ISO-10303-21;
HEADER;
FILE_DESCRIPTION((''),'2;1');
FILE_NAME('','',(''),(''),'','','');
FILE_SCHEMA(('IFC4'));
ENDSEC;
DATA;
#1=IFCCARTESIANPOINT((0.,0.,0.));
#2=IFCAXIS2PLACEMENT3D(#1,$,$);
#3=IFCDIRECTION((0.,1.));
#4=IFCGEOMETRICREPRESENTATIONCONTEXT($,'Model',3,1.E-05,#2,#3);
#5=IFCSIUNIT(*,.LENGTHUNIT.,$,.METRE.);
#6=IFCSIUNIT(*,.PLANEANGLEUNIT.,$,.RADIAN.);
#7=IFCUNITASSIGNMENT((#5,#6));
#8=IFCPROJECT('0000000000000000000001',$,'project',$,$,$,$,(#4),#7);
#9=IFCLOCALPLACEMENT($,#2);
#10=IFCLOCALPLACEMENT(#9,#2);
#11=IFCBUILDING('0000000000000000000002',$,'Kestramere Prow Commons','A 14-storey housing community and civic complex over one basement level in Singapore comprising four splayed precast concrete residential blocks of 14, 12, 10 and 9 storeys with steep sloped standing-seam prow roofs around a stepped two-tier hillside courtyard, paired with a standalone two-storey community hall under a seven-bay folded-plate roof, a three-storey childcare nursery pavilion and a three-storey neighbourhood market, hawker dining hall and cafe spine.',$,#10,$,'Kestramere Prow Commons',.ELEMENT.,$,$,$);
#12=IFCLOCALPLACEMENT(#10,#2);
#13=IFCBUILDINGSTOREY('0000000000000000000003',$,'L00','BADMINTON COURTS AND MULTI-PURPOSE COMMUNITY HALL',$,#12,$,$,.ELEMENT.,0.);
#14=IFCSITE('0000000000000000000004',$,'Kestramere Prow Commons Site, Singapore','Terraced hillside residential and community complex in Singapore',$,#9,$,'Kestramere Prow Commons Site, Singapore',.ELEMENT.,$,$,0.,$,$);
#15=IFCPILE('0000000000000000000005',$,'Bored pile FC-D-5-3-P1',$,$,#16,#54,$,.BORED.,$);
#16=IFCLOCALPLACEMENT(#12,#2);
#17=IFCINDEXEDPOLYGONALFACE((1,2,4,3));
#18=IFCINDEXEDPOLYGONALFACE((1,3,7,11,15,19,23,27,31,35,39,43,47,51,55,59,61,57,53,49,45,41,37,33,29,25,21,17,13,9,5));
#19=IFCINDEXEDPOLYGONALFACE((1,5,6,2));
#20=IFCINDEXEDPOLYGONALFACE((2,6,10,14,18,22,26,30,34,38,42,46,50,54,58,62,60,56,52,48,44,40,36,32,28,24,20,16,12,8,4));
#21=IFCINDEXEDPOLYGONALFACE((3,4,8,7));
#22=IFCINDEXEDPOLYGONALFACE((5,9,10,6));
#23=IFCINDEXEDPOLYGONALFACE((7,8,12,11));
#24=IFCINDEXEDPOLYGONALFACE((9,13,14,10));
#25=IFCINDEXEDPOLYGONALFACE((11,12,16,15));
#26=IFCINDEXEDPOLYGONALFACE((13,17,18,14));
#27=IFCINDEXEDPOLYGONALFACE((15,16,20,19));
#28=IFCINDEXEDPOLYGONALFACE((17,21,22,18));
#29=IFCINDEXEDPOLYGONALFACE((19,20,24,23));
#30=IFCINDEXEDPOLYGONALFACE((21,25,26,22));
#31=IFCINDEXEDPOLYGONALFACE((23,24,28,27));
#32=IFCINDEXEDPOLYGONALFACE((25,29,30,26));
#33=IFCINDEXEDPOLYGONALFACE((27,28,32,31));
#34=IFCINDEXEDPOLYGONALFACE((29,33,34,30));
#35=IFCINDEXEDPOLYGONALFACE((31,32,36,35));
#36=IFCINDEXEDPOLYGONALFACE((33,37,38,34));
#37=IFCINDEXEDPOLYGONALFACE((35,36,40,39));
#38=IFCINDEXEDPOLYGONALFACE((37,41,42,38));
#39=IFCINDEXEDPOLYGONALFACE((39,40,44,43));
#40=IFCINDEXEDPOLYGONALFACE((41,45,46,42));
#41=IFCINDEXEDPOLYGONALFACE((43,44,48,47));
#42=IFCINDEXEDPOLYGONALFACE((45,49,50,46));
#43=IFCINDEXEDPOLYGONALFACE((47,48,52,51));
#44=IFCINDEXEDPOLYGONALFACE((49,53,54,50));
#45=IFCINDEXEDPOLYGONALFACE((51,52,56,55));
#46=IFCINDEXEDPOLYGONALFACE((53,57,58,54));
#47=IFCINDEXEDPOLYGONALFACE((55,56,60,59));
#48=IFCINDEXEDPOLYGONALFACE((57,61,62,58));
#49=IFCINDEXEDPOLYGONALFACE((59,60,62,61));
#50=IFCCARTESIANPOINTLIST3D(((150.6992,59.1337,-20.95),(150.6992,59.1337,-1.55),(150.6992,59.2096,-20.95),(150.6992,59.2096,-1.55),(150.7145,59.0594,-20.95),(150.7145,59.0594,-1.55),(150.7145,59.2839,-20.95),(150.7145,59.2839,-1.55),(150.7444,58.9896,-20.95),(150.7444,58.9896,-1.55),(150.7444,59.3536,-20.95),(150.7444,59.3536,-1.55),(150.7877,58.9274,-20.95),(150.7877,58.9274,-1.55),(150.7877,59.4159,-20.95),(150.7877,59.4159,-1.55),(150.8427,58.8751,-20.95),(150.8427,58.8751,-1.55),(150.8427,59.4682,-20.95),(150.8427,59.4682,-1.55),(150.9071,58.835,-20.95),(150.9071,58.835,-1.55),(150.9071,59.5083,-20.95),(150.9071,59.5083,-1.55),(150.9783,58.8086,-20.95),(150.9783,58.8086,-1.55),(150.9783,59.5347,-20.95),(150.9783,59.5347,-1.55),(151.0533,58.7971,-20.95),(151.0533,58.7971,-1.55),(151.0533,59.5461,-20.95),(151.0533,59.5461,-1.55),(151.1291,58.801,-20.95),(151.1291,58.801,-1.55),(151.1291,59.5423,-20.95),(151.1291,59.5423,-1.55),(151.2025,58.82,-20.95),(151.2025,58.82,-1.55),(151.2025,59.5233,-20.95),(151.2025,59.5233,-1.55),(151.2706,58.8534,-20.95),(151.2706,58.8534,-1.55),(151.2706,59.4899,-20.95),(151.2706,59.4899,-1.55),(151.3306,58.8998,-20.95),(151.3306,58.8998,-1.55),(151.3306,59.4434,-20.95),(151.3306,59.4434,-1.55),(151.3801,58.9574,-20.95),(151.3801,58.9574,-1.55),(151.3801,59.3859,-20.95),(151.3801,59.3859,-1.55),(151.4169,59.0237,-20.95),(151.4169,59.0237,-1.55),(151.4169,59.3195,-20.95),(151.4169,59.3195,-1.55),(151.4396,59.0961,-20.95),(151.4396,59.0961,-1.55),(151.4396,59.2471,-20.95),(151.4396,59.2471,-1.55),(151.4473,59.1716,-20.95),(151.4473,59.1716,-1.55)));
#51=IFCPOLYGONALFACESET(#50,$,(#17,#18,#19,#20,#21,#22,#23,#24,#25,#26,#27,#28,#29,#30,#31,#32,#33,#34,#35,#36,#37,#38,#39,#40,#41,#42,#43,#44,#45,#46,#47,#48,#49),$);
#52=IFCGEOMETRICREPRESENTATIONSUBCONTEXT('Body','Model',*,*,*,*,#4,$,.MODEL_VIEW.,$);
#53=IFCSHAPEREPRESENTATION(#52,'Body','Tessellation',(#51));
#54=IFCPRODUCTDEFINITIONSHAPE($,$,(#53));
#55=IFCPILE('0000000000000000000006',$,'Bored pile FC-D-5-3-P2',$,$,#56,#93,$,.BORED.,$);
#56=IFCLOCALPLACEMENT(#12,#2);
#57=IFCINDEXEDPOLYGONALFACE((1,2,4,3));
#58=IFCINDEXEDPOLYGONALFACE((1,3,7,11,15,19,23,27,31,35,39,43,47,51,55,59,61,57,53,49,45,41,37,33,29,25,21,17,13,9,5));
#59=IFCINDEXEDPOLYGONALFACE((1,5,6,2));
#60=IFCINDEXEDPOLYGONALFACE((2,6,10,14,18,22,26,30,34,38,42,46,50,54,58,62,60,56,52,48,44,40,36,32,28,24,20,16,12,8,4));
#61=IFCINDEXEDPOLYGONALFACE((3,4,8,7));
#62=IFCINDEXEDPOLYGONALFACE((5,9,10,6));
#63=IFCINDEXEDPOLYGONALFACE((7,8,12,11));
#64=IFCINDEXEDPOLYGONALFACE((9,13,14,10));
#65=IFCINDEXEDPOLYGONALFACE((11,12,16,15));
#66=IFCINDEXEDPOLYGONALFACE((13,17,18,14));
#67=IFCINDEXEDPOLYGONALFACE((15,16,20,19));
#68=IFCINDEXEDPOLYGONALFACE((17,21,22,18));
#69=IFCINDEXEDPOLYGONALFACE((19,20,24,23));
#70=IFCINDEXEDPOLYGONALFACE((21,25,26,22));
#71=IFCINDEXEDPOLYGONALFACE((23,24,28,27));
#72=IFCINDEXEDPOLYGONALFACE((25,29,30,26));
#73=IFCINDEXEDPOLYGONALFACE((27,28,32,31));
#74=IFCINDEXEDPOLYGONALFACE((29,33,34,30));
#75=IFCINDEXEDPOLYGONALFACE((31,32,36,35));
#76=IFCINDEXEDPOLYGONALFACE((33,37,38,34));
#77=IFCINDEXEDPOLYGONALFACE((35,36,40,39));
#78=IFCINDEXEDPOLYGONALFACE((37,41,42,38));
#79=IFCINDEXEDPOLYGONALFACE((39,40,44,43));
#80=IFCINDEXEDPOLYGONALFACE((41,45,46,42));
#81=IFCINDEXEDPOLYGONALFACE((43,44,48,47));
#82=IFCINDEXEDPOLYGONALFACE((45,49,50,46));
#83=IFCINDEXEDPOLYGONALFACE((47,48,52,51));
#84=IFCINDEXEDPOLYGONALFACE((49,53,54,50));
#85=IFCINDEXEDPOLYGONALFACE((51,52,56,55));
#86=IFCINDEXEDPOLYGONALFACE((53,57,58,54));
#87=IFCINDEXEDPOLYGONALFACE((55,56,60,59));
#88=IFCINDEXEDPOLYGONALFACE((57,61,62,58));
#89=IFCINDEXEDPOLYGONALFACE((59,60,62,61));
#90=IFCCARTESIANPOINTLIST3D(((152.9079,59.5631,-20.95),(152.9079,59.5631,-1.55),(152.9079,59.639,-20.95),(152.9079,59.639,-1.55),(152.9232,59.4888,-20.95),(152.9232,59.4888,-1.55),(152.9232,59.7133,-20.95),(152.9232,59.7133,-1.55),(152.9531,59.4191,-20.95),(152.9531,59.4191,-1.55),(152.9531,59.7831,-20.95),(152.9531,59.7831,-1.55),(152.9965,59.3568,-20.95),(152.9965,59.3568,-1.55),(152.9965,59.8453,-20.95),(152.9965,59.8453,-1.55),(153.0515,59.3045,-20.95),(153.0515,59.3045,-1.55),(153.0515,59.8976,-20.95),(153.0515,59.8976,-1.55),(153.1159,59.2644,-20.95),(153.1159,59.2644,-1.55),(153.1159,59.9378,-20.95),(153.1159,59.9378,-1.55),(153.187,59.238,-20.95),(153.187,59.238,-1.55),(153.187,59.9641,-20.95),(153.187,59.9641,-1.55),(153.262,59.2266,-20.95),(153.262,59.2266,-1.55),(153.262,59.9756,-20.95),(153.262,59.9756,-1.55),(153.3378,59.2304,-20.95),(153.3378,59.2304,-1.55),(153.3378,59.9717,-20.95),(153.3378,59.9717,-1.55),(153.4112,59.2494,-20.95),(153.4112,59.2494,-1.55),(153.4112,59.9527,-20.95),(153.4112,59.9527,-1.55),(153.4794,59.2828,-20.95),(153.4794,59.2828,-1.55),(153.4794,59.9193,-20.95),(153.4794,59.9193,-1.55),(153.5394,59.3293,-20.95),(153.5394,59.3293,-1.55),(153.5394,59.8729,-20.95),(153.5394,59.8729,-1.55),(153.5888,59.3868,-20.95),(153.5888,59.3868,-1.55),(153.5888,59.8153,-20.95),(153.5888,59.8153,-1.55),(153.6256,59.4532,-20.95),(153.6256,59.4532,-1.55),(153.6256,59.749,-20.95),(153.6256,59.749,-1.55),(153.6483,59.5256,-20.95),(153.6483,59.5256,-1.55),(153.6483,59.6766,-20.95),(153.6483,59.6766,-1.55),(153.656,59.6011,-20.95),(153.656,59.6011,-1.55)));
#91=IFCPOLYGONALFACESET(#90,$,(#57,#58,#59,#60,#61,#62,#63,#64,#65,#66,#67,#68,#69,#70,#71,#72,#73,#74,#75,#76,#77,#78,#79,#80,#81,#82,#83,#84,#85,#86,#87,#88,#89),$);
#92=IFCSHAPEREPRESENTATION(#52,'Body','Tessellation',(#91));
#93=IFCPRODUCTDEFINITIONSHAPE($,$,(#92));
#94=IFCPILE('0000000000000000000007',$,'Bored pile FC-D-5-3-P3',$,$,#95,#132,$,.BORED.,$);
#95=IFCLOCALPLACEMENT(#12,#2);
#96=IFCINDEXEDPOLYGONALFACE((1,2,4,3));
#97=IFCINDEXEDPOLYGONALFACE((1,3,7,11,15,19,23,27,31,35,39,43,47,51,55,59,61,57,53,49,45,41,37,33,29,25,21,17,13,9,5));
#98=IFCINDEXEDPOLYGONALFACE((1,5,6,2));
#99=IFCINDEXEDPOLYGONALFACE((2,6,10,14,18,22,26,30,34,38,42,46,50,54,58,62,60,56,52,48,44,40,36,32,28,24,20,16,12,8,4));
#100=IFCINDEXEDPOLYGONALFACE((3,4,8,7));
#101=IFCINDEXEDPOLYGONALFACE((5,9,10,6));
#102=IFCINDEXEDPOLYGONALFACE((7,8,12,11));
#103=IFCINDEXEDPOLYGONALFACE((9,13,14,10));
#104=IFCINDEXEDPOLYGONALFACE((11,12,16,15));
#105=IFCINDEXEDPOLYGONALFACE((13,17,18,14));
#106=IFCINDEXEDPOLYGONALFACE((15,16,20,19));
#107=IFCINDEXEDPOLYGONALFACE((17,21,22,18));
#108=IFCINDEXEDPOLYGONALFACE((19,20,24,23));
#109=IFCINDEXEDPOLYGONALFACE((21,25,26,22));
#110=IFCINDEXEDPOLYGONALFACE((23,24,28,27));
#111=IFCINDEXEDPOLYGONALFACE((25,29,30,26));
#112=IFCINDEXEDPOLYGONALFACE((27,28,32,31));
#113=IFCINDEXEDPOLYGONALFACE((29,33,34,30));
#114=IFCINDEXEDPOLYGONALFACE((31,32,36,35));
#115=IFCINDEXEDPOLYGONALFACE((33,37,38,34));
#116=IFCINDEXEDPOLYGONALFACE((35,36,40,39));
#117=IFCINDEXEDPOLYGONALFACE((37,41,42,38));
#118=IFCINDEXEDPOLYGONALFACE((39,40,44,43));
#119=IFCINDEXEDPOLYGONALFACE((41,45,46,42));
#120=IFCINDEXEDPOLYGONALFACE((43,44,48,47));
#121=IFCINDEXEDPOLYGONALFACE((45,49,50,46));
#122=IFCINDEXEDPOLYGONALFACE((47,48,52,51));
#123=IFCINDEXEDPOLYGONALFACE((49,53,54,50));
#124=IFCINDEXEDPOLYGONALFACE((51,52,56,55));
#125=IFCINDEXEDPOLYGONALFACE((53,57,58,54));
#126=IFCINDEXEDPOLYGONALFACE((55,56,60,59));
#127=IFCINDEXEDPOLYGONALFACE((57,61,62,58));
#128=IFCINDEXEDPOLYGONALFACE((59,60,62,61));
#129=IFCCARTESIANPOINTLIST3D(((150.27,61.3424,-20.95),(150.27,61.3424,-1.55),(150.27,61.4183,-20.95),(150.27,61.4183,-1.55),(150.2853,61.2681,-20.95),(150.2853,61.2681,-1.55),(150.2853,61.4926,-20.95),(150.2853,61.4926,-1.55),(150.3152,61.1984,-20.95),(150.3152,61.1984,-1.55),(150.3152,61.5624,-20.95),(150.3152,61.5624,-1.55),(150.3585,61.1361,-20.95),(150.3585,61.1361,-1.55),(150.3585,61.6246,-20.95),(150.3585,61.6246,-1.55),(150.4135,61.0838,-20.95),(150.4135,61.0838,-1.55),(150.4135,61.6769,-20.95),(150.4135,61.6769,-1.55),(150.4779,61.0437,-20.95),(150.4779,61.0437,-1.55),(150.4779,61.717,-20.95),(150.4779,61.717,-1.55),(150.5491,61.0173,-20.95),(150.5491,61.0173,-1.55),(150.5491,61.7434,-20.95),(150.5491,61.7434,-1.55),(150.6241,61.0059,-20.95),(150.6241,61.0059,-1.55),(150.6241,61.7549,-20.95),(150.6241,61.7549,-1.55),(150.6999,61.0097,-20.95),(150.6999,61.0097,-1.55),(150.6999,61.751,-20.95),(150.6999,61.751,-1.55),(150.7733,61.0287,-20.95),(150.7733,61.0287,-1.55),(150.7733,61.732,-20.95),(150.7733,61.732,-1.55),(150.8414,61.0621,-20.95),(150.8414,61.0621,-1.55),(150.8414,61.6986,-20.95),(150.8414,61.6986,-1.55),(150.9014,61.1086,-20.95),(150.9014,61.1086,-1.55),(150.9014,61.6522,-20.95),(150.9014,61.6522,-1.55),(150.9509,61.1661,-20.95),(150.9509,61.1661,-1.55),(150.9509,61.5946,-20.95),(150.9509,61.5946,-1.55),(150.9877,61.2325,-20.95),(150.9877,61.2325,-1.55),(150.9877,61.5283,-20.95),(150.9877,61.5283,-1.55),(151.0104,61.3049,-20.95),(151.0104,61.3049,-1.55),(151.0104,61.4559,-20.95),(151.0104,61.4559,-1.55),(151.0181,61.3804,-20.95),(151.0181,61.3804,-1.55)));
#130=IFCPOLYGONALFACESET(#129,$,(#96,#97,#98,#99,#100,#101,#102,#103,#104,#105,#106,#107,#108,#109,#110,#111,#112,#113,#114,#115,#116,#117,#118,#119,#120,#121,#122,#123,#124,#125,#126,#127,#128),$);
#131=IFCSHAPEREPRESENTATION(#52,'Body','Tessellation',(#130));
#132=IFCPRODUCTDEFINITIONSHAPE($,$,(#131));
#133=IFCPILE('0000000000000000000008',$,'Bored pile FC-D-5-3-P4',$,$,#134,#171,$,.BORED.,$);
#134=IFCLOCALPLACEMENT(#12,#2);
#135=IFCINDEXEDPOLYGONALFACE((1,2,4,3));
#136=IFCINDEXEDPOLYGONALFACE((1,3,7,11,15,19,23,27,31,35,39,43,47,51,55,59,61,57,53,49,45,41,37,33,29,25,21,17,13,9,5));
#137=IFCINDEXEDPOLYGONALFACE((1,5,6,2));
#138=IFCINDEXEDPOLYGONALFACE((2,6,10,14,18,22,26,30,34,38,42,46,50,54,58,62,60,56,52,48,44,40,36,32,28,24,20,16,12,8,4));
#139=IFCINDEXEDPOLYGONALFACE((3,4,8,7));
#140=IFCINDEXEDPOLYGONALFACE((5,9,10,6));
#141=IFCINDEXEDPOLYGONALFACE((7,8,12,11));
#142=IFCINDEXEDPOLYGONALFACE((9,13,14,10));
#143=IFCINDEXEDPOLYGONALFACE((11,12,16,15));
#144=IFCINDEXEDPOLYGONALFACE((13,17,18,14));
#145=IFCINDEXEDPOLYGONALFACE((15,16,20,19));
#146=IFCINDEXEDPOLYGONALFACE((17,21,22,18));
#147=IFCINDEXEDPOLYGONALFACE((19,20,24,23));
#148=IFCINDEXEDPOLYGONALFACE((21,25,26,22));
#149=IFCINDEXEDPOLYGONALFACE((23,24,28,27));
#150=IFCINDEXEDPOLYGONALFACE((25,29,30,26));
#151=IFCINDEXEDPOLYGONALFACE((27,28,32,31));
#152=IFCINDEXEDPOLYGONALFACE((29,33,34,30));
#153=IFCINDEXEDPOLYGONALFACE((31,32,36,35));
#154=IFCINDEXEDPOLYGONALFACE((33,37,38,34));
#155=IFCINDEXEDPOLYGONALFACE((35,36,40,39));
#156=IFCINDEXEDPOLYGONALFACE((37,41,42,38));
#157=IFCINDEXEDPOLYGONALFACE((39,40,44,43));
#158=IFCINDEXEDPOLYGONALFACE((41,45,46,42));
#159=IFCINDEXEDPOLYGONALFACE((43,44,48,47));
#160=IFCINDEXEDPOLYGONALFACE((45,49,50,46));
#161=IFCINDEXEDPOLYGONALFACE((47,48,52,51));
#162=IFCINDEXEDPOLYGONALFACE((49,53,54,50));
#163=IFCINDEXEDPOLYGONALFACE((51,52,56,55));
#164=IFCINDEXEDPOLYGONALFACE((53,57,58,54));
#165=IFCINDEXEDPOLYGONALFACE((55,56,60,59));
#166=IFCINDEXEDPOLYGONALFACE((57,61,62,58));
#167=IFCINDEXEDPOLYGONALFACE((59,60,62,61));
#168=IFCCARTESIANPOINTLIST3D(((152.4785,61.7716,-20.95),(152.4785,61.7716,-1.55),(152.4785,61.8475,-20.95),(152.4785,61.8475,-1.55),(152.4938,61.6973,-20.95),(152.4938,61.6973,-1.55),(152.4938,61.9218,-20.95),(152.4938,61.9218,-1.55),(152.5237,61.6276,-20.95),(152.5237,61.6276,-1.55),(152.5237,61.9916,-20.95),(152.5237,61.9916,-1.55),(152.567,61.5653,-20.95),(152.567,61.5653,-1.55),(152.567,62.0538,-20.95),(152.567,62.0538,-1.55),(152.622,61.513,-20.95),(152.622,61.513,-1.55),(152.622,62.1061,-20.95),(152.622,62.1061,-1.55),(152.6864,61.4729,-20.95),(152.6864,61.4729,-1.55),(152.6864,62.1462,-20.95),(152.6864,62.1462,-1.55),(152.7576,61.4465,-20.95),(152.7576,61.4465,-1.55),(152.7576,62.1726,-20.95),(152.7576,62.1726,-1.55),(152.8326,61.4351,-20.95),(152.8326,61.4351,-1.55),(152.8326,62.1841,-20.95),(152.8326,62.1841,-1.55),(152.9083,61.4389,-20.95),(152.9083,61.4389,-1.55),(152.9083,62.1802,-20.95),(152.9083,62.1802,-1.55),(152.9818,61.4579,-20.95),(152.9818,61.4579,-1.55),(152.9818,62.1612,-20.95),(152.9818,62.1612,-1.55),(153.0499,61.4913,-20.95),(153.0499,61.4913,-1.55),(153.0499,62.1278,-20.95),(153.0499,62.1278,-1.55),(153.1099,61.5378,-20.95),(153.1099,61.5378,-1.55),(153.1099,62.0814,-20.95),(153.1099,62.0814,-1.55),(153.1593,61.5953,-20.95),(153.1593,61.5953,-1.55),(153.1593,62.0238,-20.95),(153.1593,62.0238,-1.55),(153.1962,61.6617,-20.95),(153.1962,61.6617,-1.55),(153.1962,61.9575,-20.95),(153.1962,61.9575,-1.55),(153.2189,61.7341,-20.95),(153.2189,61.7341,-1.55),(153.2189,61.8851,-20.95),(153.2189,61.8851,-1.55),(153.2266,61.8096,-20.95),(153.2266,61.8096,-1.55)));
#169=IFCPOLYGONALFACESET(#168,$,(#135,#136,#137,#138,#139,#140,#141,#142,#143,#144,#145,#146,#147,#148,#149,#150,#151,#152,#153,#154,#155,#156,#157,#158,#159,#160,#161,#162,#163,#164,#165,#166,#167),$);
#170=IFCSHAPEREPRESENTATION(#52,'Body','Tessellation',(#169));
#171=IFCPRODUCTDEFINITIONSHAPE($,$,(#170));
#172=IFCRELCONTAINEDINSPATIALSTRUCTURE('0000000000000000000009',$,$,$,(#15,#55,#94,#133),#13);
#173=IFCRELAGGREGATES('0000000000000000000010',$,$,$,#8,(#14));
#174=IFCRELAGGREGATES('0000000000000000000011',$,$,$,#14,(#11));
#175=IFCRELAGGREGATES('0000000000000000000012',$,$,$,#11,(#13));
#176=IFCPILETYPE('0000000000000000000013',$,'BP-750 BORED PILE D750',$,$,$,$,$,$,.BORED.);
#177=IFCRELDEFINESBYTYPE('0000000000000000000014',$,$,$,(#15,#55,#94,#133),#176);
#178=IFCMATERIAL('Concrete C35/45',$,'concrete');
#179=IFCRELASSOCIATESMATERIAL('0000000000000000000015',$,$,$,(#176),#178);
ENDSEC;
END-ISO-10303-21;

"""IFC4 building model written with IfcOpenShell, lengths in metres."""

from ifc_helpers import new_model, si_unit, direction, frame, origin, origin_2d, place, context, subcontext, project, spatial, circle, extrude, material, material_profile, profile_set, type_object, element, save


model = new_model("IFC4")

# Units and contexts
model_context = context("Model", 3, precision=1e-05, world=origin(), true_north=direction((0.0, 1.0)))
body_context = subcontext(model_context, "Body", "Model", "MODEL_VIEW")
ifc_project = project(units=[si_unit("LENGTHUNIT", "METRE"), si_unit("PLANEANGLEUNIT", "RADIAN")], contexts=[model_context])

# Site, building, storey
site_placement = place(None, origin())
site = spatial("IfcSite", under=ifc_project, at=site_placement, Name="Kestramere Prow Commons Site, Singapore", Description="Terraced hillside residential and community complex in Singapore", LongName="Kestramere Prow Commons Site, Singapore", CompositionType="ELEMENT", RefElevation=0.0)
building_placement = place(site_placement, origin())
building = spatial("IfcBuilding", under=site, at=building_placement, Name="Kestramere Prow Commons", Description="A 14-storey housing community and civic complex over one basement level in Singapore comprising four splayed precast concrete residential blocks of 14, 12, 10 and 9 storeys with steep sloped standing-seam prow roofs around a stepped two-tier hillside courtyard, paired with a standalone two-storey community hall under a seven-bay folded-plate roof, a three-storey childcare nursery pavilion and a three-storey neighbourhood market, hawker dining hall and cafe spine.", LongName="Kestramere Prow Commons", CompositionType="ELEMENT")
storey_placement = place(building_placement, origin())
storey = spatial("IfcBuildingStorey", under=building, at=storey_placement, Name="L00", Description="BADMINTON COURTS AND MULTI-PURPOSE COMMUNITY HALL", CompositionType="ELEMENT", Elevation=0.0)

# Piles
ifc_material_1 = material(Name="Concrete C35/45", Category="concrete")
ifc_material_profile_1 = material_profile(ifc_material_1, circle(Radius=0.375, at=origin_2d()), Name="BORED PILE D750")
ifc_profile_set_1 = profile_set([ifc_material_profile_1], Name="Concrete C35/45")
pile_type_1 = type_object("IfcPileType", Name="BP-750 BORED PILE D750", PredefinedType="BORED", material=ifc_profile_set_1)
for number, where, z_axis, x_axis, name in (
    (1, (151.0723, 59.1716, -1.55), (0.0, 0.0, -1.0), (1.0, 0.0, 0.0), "Bored pile FC-D-5-3-P1"),
    (2, (153.281, 59.6011, -1.55), (0.0, 0.0, -1.0), (1.0, 0.0, 0.0), "Bored pile FC-D-5-3-P2"),
    (3, (150.6431, 61.3804, -1.55), (0.0, 0.0, -1.0), (1.0, 0.0, 0.0), "Bored pile FC-D-5-3-P3"),
    (4, (152.8516, 61.8096, -1.55), (0.0, 0.0, -1.0), (1.0, 0.0, 0.0), "Bored pile FC-D-5-3-P4"),
):
    element("IfcPile", number, at=place(storey_placement, frame(where, z_axis=z_axis, x_axis=x_axis)), inside=storey, type_object=pile_type_1, Name=name, PredefinedType="BORED", context=body_context, shape_type="SweptSolid", body=[
        extrude(circle(Radius=0.375, at=origin_2d()), origin(), (0.0, 0.0, 1.0), 19.3999),
    ])

save(model, "model.ifc")
